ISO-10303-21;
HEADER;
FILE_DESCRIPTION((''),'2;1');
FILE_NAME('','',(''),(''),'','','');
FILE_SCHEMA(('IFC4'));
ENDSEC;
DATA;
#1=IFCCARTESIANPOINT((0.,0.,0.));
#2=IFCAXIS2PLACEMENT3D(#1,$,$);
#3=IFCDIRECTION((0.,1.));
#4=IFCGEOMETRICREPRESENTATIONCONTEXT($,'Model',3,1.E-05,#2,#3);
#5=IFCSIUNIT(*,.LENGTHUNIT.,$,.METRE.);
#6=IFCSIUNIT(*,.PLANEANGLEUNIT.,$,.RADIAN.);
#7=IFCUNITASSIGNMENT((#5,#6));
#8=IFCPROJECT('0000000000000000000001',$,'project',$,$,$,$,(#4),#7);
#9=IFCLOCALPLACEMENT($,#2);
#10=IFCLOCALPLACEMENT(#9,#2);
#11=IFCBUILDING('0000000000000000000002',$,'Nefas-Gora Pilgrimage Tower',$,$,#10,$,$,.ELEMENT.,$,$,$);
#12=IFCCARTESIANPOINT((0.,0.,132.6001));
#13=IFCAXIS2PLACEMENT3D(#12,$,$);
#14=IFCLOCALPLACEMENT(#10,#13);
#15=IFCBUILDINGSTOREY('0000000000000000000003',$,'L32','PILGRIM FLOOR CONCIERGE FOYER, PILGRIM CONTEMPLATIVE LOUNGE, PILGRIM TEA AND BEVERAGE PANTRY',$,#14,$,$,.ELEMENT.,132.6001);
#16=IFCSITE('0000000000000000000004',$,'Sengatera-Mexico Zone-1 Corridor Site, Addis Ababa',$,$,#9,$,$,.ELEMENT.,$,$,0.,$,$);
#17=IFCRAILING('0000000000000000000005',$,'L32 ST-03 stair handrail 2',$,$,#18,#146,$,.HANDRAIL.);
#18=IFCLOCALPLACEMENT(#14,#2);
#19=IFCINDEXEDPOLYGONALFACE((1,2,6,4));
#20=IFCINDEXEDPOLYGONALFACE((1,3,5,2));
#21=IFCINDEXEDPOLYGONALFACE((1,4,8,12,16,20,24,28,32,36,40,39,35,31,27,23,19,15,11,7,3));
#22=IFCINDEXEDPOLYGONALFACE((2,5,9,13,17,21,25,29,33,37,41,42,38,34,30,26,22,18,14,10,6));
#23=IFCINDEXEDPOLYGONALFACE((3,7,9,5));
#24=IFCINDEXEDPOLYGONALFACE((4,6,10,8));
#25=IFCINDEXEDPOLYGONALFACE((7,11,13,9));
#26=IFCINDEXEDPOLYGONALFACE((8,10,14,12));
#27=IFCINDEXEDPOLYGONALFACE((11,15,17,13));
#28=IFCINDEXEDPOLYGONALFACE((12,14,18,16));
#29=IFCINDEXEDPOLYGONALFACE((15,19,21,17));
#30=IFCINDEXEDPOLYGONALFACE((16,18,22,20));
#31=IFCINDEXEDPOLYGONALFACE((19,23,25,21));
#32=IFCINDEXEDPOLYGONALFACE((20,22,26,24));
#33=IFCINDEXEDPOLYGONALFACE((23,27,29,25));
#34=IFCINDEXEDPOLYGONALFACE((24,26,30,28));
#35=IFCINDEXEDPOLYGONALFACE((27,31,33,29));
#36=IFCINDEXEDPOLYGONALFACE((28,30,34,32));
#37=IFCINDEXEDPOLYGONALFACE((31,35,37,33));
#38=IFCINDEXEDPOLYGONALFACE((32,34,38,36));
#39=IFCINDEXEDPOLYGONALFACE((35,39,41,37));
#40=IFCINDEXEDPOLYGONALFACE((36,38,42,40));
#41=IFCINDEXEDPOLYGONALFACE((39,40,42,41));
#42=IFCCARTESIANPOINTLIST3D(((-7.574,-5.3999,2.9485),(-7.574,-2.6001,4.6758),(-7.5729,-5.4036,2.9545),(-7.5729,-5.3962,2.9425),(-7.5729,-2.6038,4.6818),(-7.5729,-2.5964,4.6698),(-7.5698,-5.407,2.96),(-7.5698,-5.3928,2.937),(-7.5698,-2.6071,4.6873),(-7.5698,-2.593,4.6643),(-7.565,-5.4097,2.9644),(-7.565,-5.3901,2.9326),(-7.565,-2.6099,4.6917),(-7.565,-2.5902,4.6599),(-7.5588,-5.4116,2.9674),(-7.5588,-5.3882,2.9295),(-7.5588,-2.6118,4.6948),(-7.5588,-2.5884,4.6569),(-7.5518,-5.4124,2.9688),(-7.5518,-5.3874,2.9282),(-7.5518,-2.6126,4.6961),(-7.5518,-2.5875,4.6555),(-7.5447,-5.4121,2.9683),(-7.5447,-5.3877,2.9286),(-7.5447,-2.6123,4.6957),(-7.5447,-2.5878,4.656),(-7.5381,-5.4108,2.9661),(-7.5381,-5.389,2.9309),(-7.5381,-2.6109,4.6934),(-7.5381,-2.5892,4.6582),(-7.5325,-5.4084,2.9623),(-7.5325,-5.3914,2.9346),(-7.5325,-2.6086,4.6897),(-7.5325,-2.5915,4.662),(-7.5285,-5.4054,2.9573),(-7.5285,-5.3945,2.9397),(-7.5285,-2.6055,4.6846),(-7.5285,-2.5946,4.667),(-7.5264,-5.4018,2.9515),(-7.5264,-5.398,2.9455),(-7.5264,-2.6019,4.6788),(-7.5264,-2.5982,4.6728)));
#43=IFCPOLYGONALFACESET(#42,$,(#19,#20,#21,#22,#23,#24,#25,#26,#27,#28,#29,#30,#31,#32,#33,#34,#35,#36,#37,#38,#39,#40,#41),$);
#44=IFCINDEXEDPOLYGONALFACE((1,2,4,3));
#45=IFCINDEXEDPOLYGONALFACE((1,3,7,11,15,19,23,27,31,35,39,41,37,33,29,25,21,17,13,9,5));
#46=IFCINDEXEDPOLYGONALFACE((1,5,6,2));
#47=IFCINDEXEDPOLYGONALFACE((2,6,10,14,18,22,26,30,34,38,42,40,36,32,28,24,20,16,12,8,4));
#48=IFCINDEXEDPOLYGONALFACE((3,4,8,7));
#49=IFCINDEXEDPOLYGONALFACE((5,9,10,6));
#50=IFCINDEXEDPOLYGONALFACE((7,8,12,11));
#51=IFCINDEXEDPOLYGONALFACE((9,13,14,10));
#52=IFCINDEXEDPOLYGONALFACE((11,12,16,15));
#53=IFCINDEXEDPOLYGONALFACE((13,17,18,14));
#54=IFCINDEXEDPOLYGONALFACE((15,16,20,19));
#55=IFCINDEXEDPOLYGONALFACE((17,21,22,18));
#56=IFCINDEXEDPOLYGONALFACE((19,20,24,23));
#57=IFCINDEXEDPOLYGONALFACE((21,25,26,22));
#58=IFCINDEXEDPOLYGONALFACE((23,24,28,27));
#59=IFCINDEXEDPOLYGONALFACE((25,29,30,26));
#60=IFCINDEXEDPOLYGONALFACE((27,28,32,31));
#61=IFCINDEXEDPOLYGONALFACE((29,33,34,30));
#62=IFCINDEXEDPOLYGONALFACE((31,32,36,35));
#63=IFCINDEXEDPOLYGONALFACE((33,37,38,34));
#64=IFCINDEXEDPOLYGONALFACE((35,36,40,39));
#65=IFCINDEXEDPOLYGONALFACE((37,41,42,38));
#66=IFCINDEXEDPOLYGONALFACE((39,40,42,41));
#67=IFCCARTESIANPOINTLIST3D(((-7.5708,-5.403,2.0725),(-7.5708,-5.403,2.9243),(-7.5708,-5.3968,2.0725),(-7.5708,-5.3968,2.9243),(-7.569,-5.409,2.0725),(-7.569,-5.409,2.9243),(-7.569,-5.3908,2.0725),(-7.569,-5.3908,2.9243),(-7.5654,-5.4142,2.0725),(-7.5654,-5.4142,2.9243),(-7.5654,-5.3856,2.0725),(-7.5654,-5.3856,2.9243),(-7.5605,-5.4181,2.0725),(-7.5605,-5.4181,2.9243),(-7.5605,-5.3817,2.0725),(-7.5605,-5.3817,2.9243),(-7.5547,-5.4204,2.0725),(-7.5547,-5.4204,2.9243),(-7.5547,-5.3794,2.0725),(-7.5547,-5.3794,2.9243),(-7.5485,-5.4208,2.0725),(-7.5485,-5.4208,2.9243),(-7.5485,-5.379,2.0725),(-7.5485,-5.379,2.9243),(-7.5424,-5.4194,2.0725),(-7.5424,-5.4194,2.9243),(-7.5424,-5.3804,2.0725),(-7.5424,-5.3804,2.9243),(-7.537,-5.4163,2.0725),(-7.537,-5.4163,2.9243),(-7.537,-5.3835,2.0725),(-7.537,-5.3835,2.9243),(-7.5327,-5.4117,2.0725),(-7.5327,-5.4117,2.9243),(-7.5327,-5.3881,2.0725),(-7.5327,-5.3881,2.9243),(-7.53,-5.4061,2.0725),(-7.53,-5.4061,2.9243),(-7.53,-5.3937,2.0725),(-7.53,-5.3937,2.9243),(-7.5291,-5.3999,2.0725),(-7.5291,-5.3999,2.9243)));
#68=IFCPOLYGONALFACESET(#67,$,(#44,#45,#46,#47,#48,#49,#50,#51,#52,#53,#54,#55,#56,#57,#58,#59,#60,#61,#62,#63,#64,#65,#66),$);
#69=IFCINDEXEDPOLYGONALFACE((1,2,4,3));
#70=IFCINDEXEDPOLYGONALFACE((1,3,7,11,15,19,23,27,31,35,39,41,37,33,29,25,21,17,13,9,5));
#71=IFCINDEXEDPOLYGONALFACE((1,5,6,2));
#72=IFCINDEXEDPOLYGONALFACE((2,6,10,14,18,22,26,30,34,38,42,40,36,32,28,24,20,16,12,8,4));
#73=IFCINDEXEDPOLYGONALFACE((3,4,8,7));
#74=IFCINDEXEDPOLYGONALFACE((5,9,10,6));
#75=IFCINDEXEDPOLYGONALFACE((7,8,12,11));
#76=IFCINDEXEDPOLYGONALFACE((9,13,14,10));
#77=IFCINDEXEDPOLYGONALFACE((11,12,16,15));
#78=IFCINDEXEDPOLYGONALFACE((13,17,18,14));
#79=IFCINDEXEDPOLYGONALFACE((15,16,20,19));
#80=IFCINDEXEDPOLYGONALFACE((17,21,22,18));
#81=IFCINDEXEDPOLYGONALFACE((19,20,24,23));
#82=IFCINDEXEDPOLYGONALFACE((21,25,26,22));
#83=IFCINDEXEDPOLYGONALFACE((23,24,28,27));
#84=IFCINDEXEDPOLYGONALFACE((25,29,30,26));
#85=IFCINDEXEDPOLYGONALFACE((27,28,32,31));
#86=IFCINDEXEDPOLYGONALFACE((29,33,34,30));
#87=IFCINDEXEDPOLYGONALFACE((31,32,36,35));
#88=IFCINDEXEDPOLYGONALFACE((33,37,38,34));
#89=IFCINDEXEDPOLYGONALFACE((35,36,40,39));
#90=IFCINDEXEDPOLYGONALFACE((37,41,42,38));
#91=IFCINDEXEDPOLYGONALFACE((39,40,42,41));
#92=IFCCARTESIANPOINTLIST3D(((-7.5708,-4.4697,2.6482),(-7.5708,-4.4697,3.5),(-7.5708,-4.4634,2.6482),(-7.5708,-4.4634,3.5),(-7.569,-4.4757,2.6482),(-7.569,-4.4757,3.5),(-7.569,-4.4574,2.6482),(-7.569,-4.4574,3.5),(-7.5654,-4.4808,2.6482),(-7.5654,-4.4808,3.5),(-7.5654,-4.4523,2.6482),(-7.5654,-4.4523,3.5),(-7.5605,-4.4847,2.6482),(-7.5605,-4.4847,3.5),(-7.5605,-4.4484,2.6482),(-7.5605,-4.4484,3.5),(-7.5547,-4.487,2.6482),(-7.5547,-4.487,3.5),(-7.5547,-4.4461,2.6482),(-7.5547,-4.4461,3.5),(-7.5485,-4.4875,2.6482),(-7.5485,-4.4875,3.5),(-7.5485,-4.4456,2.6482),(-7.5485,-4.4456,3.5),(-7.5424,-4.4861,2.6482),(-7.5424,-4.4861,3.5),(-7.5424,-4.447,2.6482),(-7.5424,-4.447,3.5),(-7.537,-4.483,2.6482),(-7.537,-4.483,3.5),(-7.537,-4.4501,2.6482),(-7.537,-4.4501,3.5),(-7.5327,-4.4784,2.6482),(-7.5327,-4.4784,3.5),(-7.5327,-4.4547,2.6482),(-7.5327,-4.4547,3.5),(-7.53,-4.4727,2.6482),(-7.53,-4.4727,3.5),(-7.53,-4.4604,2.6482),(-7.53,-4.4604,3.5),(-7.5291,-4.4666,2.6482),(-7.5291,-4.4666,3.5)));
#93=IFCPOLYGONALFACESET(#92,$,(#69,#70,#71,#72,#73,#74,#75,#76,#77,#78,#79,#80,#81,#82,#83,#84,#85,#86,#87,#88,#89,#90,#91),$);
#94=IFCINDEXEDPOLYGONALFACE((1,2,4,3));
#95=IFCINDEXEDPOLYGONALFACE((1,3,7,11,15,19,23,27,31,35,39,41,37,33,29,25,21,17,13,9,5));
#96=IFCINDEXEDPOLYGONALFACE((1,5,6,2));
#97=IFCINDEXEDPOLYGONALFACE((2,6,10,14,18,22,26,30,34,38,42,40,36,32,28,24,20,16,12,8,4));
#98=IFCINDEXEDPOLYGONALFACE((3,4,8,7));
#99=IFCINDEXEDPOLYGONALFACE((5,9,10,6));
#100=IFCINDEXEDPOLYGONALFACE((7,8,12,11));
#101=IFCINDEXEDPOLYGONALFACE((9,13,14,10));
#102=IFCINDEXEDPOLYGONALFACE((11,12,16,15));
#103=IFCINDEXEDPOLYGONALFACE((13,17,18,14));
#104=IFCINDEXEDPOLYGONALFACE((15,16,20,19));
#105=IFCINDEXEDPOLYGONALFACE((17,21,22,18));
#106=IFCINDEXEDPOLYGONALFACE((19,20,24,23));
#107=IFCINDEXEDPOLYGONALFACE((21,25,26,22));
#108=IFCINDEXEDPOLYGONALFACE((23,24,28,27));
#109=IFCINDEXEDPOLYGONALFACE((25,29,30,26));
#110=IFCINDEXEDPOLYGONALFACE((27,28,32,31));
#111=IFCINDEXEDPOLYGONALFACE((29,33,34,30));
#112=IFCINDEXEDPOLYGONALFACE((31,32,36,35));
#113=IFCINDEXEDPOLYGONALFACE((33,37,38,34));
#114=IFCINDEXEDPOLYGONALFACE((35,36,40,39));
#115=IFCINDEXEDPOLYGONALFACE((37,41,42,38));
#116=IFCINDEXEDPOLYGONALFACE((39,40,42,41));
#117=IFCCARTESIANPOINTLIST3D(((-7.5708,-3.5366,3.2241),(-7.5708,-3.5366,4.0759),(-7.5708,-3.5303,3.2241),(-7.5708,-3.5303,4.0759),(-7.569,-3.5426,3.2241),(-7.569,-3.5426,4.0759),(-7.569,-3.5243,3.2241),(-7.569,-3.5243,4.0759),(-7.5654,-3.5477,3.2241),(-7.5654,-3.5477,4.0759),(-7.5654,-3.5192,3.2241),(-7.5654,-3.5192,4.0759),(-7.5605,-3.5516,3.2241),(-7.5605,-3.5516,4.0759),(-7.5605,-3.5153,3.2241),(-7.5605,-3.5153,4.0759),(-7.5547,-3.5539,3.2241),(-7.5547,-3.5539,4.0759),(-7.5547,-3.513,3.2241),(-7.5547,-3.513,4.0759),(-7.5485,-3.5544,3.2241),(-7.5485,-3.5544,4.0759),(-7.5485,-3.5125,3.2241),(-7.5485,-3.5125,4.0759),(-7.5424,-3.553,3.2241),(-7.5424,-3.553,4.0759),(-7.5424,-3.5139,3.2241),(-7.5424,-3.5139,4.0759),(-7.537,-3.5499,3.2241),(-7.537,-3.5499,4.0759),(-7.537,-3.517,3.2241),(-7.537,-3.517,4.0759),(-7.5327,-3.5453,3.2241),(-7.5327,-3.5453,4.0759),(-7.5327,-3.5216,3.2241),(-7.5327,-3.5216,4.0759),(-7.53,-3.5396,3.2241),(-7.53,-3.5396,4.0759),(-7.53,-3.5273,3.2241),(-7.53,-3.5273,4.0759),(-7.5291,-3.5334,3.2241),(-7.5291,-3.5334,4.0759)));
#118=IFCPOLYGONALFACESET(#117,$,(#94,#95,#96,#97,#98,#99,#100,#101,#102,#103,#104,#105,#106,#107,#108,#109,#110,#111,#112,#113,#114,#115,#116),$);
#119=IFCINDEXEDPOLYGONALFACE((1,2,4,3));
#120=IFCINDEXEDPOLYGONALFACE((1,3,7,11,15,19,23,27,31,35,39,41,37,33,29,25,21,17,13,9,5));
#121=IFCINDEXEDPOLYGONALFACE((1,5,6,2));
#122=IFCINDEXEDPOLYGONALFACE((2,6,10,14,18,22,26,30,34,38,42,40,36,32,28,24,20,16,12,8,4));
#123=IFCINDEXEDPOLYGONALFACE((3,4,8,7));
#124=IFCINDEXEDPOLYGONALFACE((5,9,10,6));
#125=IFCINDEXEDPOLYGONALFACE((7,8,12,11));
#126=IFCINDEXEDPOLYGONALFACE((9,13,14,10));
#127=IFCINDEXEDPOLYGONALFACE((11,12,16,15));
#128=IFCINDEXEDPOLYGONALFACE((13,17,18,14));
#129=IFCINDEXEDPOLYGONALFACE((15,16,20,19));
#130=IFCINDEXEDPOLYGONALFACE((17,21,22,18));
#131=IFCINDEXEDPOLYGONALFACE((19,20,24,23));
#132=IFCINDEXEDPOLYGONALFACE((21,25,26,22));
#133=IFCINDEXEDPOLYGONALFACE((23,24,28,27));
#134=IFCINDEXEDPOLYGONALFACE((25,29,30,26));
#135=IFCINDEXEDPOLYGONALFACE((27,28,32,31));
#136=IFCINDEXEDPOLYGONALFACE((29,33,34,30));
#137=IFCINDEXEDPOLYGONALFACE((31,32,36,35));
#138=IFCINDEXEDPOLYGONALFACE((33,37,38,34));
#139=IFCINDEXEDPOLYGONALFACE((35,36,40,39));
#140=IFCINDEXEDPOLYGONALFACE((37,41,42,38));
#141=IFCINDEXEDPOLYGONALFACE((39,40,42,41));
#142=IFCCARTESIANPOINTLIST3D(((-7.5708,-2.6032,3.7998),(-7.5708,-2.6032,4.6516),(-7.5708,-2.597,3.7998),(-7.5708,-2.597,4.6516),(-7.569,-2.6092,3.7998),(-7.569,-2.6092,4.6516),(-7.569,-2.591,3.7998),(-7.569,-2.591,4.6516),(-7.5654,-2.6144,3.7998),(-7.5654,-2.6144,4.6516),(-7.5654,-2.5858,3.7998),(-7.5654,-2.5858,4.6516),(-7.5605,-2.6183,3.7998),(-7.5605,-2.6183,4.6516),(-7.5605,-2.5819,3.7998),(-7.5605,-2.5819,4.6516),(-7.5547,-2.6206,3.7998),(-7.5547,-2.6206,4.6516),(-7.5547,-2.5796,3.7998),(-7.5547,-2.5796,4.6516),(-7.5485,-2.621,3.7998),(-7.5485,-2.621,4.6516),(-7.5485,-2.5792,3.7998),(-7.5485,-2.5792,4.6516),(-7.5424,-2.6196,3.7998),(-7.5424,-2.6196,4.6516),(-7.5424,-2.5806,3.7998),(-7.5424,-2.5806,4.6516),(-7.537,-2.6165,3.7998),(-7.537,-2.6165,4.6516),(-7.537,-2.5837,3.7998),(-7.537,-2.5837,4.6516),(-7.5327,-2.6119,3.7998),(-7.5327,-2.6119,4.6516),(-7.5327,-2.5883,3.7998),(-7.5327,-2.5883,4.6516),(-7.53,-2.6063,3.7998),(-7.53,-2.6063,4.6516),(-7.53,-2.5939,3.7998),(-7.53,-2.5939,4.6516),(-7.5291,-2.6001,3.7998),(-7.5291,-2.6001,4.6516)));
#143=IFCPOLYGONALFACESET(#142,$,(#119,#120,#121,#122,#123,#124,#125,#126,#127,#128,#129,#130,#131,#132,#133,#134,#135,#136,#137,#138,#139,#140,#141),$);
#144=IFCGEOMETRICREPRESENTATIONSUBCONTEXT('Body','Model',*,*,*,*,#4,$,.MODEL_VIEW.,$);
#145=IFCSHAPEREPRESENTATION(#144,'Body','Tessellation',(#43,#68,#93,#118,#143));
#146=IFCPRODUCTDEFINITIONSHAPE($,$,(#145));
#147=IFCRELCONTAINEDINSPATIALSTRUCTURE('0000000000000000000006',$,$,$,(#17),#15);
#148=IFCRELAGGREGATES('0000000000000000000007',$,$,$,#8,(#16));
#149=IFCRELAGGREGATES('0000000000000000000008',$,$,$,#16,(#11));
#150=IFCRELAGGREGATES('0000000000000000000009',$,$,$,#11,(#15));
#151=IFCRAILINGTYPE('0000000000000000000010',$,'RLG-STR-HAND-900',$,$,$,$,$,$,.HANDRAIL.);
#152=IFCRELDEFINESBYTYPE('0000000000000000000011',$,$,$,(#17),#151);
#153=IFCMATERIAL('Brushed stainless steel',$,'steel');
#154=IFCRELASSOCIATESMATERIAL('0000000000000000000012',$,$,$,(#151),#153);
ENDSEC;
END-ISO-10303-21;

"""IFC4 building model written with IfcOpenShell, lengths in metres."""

from ifc_helpers import new_model, si_unit, direction, frame, origin, origin_2d, place, context, subcontext, project, spatial, circle, extrude, material, type_object, element, save


model = new_model("IFC4")

# Units and contexts
model_context = context("Model", 3, precision=1e-05, world=origin(), true_north=direction((0.0, 1.0)))
body_context = subcontext(model_context, "Body", "Model", "MODEL_VIEW")
ifc_project = project(units=[si_unit("LENGTHUNIT", "METRE"), si_unit("PLANEANGLEUNIT", "RADIAN")], contexts=[model_context])

# Site, building, storey
site_placement = place(None, origin())
site = spatial("IfcSite", under=ifc_project, at=site_placement, Name="Sengatera-Mexico Zone-1 Corridor Site, Addis Ababa", CompositionType="ELEMENT", RefElevation=0.0)
building_placement = place(site_placement, origin())
building = spatial("IfcBuilding", under=site, at=building_placement, Name="Nefas-Gora Pilgrimage Tower", CompositionType="ELEMENT")
storey_placement = place(building_placement, frame((0.0, 0.0, 132.6001)))
storey = spatial("IfcBuildingStorey", under=building, at=storey_placement, Name="L32", Description="PILGRIM FLOOR CONCIERGE FOYER, PILGRIM CONTEMPLATIVE LOUNGE, PILGRIM TEA AND BEVERAGE PANTRY", CompositionType="ELEMENT", Elevation=132.6001)

# Railing
ifc_material_1 = material(Name="Brushed stainless steel", Category="steel")
railing_type_1 = type_object("IfcRailingType", Name="RLG-STR-HAND-900", PredefinedType="HANDRAIL", material=ifc_material_1)
railing_1_placement = place(storey_placement, frame((-7.55, -5.3999, 2.0725)))
element("IfcRailing", 1, at=railing_1_placement, inside=storey, type_object=railing_type_1, Name="L32 ST-03 stair handrail 2", PredefinedType="HANDRAIL", context=body_context, shape_type="SweptSolid", body=[
    extrude(circle(Radius=0.0239, at=origin_2d()), frame((0.0, 0.0, 0.876), z_axis=(0.0, 0.851069, 0.525054), x_axis=(-1.0, 0.0, 0.0)), (0.0, 0.0, 1.0), 3.2898),
    extrude(circle(Radius=0.021, at=origin_2d()), origin(), (0.0, 0.0, 1.0), 0.8518),
    extrude(circle(Radius=0.021, at=origin_2d()), frame((0.0, 0.9333, 0.5757)), (0.0, 0.0, 1.0), 0.8518),
    extrude(circle(Radius=0.021, at=origin_2d()), frame((0.0, 1.8665, 1.1516)), (0.0, 0.0, 1.0), 0.8518),
    extrude(circle(Radius=0.021, at=origin_2d()), frame((0.0, 2.7998, 1.7273)), (0.0, 0.0, 1.0), 0.8518),
])

save(model, "model.ifc")
